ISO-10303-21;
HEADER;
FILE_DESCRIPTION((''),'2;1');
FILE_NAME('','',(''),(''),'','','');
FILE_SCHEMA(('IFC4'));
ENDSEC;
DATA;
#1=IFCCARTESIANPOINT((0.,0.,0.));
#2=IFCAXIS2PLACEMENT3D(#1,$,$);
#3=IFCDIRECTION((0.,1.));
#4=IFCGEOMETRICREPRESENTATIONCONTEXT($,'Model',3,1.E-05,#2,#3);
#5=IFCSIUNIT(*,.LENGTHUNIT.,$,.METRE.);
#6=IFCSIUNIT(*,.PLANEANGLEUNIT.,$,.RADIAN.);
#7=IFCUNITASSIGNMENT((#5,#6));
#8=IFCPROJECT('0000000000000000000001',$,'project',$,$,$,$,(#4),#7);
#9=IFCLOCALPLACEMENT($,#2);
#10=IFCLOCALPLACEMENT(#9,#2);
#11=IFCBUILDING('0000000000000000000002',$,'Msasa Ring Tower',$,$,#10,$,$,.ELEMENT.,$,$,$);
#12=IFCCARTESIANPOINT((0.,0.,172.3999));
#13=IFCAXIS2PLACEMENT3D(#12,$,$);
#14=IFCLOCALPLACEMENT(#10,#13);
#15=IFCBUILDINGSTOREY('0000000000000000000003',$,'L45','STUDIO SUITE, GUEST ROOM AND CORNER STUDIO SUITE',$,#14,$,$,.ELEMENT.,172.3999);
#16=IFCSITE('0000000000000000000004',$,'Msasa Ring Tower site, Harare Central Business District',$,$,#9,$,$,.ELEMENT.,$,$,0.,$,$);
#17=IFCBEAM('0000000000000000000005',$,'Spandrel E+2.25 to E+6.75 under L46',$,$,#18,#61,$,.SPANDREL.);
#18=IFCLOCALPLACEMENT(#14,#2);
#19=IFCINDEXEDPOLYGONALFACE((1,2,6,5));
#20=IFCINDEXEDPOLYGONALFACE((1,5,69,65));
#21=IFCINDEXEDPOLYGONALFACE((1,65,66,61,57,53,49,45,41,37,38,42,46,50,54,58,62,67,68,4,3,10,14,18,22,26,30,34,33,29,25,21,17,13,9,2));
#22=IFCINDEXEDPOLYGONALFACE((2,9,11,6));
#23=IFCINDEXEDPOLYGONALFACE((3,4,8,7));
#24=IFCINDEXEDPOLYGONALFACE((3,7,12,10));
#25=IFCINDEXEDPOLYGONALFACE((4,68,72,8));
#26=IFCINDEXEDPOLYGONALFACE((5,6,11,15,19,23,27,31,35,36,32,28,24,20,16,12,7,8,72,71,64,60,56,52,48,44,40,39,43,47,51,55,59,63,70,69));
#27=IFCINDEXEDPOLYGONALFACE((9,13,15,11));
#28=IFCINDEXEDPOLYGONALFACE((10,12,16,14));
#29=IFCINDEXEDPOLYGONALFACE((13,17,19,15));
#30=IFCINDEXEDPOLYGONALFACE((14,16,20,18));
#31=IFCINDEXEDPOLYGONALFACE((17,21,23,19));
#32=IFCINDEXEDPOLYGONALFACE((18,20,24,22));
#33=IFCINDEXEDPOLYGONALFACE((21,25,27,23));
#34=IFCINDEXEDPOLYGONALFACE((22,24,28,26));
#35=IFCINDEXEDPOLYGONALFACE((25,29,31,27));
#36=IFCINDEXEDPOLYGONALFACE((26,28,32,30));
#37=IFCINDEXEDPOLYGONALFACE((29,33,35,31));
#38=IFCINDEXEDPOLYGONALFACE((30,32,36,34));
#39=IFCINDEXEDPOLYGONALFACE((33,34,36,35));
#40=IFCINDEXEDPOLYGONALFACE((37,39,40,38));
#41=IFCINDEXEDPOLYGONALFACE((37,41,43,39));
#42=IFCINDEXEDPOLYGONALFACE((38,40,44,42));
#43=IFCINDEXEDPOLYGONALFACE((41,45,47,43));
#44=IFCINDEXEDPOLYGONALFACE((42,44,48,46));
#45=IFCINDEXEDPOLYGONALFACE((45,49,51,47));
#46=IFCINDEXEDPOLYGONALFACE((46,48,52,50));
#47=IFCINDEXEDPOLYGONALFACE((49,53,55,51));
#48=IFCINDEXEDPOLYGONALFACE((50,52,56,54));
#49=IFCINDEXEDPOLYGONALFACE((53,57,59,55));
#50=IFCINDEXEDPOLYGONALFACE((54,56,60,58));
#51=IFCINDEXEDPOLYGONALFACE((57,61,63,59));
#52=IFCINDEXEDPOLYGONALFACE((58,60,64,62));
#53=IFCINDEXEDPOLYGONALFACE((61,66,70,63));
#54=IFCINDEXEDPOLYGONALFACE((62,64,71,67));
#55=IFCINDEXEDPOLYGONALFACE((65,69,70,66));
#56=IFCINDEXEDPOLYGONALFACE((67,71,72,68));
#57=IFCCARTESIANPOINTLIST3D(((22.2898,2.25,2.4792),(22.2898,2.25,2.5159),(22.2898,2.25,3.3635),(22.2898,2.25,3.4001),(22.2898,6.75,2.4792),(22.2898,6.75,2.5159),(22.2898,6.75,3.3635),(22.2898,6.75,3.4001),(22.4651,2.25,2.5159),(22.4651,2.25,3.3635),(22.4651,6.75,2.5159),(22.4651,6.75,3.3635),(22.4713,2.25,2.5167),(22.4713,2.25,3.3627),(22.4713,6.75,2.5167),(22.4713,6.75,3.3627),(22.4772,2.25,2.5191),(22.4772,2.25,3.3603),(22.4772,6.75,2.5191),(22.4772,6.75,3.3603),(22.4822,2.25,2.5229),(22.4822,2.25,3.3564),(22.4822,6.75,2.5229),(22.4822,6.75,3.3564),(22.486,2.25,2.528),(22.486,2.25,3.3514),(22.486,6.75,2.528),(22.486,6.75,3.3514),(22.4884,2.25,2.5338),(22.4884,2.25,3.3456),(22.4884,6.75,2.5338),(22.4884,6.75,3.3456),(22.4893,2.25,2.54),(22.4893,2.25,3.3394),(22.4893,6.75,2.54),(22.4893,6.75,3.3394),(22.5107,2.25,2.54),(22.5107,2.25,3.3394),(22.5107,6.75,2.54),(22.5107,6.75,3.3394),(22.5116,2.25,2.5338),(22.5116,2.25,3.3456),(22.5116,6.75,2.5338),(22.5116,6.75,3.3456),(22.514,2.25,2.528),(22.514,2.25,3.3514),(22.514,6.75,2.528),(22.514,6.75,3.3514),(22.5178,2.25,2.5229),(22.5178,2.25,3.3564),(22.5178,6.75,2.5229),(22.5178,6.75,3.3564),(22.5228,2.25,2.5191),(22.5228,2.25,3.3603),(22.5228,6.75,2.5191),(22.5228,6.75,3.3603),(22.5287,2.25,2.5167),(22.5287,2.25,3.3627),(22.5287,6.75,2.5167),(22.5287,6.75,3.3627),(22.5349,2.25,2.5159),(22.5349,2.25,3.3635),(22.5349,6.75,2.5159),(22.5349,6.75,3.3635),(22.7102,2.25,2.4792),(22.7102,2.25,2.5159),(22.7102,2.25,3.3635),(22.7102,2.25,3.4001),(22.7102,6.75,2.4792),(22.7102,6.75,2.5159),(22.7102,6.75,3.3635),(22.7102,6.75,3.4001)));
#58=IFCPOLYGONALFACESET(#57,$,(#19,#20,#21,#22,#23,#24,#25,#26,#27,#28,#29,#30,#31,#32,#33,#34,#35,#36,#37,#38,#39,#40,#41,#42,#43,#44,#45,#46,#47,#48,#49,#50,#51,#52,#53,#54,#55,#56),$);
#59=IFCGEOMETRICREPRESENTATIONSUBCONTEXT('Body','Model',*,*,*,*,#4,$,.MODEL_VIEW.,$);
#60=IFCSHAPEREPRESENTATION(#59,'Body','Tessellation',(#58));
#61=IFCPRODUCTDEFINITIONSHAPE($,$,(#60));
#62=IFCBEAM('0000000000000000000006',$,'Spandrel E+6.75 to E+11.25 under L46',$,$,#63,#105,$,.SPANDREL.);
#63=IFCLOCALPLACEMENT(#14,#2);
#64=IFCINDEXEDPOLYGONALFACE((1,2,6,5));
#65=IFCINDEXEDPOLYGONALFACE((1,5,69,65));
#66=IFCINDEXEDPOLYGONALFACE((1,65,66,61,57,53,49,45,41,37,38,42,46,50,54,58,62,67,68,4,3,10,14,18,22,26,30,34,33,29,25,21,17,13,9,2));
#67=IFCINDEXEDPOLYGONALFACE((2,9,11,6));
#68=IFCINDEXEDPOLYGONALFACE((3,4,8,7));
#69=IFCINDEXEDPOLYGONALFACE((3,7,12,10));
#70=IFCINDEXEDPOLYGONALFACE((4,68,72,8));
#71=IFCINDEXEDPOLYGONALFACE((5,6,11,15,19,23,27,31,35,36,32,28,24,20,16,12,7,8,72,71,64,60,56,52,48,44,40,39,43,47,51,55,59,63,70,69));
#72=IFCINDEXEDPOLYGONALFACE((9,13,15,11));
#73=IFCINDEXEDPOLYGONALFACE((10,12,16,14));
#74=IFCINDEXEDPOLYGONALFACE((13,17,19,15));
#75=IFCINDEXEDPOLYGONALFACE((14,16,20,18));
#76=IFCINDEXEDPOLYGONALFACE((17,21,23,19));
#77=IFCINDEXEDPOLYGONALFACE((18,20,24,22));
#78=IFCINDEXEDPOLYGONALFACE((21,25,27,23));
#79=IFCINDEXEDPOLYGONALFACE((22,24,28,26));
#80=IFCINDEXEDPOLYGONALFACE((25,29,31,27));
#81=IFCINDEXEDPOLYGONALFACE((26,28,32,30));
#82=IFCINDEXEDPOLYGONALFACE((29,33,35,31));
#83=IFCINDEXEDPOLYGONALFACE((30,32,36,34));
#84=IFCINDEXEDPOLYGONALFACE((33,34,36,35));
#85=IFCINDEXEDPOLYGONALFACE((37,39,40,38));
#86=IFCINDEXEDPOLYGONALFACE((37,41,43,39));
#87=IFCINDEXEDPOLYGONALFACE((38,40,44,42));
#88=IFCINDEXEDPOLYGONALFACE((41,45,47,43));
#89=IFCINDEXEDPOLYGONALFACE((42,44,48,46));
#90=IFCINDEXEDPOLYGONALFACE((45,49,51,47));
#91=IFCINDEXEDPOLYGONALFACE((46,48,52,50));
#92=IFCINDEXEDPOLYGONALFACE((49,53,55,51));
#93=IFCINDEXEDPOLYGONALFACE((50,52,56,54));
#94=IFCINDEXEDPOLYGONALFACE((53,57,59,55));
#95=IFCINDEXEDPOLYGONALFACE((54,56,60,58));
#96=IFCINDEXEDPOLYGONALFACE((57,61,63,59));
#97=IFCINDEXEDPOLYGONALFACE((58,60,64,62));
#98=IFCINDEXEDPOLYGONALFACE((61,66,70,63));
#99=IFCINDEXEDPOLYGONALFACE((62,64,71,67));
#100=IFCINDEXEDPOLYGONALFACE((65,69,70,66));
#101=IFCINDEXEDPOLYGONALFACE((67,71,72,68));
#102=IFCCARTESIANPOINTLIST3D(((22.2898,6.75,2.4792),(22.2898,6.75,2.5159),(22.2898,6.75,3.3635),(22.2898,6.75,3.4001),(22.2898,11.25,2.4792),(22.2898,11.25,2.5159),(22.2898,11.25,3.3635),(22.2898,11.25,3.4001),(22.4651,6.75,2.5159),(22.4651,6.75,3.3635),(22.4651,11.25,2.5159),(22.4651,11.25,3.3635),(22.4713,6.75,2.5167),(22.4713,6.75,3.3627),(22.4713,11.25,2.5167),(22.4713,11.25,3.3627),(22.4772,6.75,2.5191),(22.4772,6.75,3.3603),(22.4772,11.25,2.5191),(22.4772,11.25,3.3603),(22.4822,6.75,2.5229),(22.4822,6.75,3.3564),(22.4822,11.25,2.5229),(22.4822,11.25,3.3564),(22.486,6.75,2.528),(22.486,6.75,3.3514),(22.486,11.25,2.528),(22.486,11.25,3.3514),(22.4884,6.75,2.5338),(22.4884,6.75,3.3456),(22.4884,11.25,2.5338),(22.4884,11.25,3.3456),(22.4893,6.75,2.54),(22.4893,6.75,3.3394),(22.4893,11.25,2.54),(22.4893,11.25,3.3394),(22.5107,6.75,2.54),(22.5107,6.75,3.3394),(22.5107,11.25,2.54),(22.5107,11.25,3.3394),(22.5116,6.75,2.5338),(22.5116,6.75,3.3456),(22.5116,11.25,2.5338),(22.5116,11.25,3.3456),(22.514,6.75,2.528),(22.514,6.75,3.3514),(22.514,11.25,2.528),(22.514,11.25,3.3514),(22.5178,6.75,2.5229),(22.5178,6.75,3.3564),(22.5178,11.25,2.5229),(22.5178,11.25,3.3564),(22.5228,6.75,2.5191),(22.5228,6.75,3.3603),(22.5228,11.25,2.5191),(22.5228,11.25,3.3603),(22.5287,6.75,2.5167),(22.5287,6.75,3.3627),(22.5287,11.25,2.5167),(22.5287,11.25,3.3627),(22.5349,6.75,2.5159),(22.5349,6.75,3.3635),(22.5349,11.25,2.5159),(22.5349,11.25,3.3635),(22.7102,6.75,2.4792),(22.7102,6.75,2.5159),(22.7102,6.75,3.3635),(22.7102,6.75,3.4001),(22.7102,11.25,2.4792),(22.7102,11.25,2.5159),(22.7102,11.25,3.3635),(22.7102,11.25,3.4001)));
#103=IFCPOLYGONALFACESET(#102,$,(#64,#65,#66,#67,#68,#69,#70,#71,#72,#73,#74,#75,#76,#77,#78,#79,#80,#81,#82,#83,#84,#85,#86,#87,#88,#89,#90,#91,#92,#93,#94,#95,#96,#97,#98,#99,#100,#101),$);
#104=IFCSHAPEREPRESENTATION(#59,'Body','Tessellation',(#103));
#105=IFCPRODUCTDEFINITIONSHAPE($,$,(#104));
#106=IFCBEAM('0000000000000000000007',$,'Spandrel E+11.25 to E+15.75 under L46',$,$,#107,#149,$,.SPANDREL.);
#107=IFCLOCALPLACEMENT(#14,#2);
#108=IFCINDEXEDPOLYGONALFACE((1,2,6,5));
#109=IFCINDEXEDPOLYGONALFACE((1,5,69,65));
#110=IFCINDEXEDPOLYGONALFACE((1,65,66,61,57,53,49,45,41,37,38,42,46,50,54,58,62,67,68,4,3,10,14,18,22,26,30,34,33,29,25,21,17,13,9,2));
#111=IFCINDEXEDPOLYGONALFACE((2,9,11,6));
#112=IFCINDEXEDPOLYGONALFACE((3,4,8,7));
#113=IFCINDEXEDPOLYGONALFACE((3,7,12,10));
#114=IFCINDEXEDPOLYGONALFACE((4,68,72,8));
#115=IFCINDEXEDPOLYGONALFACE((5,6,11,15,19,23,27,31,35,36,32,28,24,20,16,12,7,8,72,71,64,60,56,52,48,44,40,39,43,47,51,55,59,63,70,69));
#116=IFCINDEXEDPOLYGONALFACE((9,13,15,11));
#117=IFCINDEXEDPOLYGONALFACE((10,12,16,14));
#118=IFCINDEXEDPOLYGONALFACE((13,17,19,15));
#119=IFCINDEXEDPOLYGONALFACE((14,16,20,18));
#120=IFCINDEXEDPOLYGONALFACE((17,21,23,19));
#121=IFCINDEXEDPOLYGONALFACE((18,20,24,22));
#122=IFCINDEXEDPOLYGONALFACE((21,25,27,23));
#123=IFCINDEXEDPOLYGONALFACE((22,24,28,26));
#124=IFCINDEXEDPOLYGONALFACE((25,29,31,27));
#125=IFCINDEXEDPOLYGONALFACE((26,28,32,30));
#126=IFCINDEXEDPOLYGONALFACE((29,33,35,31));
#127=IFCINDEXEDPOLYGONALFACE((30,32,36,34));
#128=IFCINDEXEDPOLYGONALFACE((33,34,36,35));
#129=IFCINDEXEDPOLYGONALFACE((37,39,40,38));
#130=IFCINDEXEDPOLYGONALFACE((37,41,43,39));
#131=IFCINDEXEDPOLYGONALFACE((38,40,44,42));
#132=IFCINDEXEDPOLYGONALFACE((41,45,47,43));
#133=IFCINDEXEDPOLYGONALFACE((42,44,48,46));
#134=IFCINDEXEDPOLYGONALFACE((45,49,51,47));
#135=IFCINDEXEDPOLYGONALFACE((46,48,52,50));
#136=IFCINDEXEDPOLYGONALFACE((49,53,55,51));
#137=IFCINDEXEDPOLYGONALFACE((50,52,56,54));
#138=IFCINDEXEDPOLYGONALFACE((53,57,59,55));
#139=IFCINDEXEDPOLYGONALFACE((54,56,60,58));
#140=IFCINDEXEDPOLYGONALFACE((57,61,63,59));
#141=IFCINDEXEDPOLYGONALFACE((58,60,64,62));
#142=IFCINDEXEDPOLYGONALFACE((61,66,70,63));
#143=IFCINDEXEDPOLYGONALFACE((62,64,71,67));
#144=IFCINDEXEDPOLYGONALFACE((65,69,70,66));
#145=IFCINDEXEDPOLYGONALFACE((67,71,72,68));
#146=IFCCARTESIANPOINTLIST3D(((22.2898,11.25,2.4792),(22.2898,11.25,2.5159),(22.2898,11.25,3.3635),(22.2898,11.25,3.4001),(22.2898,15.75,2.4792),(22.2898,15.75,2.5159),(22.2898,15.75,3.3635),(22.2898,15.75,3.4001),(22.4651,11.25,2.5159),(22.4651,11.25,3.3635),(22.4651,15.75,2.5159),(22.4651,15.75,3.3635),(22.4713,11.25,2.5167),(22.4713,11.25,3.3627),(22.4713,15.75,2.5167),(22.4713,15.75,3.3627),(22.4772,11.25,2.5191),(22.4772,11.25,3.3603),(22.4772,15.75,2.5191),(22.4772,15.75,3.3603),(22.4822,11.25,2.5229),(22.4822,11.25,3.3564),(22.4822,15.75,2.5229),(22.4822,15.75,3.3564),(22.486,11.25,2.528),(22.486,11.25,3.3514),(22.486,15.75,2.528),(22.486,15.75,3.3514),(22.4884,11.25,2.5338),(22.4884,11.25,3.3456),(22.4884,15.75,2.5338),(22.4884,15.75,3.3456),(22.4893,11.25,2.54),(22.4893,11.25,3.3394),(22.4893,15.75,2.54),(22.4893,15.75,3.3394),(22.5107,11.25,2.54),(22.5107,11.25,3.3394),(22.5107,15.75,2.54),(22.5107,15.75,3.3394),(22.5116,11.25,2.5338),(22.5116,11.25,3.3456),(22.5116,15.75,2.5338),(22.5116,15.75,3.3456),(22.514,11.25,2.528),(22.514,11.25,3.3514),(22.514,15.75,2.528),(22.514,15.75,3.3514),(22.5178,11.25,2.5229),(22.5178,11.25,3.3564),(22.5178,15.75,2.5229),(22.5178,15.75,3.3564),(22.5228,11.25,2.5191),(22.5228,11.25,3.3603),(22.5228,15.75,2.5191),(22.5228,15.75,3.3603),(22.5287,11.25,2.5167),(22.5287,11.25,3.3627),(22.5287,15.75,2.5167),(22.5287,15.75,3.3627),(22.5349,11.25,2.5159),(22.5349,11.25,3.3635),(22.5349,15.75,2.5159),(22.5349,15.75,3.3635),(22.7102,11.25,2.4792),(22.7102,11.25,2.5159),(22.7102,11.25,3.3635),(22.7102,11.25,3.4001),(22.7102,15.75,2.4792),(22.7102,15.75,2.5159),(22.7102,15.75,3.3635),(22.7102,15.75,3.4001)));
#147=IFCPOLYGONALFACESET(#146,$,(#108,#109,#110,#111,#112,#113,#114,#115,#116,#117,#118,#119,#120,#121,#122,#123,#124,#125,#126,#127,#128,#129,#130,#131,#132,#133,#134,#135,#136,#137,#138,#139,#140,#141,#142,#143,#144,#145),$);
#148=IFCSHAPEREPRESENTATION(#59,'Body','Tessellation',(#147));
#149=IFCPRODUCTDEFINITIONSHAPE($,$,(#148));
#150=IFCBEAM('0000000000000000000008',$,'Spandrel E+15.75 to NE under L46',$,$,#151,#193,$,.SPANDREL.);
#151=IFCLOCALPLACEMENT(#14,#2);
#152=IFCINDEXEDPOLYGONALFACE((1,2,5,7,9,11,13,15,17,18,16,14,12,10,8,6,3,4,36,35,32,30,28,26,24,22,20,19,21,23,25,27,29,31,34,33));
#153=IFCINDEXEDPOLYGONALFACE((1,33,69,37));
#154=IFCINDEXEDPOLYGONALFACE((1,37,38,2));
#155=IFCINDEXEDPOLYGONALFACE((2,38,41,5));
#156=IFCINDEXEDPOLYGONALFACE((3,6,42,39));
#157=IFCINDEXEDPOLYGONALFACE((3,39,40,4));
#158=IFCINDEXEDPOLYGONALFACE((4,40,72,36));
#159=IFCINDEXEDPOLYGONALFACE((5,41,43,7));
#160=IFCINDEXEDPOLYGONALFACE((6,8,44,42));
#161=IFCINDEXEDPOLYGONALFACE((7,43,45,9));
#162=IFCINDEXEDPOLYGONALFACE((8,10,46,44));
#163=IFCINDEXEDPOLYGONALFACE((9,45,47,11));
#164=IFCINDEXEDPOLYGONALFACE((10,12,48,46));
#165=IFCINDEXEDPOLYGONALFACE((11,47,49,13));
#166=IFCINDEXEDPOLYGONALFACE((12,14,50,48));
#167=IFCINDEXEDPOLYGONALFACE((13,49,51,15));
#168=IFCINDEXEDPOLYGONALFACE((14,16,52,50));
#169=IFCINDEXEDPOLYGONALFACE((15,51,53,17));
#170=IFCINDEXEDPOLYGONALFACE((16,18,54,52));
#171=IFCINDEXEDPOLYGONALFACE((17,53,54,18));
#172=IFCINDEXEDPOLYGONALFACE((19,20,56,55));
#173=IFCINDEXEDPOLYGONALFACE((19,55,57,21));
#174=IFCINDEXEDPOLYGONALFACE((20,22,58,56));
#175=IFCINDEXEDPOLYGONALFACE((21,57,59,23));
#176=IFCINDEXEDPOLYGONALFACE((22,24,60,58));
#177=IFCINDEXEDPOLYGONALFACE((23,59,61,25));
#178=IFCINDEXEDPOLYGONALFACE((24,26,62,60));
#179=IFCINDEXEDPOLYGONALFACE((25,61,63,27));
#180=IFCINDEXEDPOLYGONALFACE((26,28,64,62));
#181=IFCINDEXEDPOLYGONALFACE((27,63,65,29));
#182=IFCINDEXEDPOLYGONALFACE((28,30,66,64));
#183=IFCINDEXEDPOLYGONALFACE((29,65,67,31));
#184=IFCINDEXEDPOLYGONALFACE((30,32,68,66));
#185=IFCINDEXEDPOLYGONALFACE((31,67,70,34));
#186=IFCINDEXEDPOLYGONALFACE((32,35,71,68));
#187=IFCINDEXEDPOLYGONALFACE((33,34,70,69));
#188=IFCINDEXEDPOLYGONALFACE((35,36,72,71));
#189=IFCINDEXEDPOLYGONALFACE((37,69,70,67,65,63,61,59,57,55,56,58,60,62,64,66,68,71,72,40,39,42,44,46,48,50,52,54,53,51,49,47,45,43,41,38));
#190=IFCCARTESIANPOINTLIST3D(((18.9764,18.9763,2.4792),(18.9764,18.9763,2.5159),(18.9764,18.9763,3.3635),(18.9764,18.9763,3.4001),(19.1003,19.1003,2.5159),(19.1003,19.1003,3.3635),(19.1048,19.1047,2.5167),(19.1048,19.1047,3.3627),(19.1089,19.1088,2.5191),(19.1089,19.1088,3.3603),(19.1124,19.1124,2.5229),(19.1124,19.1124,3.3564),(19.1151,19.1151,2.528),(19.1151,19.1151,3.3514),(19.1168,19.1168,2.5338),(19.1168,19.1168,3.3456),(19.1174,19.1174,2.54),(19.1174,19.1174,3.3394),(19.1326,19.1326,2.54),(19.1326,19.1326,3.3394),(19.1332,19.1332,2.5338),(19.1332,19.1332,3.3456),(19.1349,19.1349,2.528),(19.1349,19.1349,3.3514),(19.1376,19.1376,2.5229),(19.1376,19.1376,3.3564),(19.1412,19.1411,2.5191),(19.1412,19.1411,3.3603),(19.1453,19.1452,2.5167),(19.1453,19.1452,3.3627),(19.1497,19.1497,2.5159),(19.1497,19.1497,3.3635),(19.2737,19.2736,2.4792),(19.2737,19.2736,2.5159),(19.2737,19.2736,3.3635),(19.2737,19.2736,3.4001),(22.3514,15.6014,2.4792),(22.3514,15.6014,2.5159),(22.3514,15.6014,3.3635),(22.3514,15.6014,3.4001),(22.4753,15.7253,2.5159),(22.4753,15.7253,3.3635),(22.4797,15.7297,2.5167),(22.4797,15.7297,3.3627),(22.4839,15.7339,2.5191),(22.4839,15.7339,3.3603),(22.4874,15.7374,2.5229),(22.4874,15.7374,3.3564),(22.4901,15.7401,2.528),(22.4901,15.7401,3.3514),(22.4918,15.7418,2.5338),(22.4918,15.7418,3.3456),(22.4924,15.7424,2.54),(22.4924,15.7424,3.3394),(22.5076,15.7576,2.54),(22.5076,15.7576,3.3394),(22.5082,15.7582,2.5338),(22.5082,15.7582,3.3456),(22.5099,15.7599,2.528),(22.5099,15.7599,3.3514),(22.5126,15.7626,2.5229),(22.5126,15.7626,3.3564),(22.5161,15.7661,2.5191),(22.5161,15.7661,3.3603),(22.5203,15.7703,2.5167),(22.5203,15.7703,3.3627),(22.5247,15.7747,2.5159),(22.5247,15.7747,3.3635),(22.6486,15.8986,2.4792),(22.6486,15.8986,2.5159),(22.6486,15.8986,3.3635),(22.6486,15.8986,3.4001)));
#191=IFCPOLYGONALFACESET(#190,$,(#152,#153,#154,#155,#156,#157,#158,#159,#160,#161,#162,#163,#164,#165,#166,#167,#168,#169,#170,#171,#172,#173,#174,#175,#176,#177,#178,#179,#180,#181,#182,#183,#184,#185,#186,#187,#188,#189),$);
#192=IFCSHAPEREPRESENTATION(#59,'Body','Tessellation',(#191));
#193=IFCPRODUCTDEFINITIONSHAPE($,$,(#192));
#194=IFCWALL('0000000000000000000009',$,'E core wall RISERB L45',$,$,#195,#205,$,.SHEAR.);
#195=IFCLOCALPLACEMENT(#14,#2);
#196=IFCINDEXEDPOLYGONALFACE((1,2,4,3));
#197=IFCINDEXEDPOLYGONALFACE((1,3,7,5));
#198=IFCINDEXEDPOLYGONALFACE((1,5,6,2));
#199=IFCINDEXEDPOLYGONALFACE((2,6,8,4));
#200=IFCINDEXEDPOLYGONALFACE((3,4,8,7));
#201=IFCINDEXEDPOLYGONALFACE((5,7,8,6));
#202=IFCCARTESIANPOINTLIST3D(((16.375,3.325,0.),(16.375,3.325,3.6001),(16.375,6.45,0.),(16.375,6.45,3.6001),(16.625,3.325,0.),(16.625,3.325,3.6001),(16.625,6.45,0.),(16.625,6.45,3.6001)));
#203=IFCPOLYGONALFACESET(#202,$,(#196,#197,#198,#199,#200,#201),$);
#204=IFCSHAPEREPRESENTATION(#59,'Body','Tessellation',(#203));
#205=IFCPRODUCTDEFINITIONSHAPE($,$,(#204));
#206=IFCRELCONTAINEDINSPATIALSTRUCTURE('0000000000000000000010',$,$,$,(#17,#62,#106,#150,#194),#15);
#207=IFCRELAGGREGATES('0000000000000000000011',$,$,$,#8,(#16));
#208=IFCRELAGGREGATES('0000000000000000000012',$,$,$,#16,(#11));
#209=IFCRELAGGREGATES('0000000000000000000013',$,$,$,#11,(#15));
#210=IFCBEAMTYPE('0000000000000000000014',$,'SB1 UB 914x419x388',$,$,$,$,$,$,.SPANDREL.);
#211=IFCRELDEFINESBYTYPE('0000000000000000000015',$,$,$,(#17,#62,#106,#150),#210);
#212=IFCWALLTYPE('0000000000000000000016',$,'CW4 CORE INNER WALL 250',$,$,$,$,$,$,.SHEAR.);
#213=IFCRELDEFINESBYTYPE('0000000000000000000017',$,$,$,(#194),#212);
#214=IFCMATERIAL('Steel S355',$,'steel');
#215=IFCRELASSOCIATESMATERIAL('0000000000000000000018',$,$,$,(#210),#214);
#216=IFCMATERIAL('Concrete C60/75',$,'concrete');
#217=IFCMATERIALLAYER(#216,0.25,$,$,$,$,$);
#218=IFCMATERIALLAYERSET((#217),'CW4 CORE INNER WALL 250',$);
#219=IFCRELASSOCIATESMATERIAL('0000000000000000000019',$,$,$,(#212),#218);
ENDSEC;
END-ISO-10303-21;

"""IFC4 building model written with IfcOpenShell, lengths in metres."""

from ifc_helpers import new_model, si_unit, direction, frame, frame_2d, origin, origin_2d, place, context, subcontext, project, spatial, rectangle, i_section, extrude, material, layer, layer_set, material_profile, profile_set, type_object, element, save


model = new_model("IFC4")

# Units and contexts
model_context = context("Model", 3, precision=1e-05, world=origin(), true_north=direction((0.0, 1.0)))
body_context = subcontext(model_context, "Body", "Model", "MODEL_VIEW")
ifc_project = project(units=[si_unit("LENGTHUNIT", "METRE"), si_unit("PLANEANGLEUNIT", "RADIAN")], contexts=[model_context])

# Site, building, storey
site_placement = place(None, origin())
site = spatial("IfcSite", under=ifc_project, at=site_placement, Name="Msasa Ring Tower site, Harare Central Business District", CompositionType="ELEMENT", RefElevation=0.0)
building_placement = place(site_placement, origin())
building = spatial("IfcBuilding", under=site, at=building_placement, Name="Msasa Ring Tower", CompositionType="ELEMENT")
storey_placement = place(building_placement, frame((0.0, 0.0, 172.3999)))
storey = spatial("IfcBuildingStorey", under=building, at=storey_placement, Name="L45", Description="STUDIO SUITE, GUEST ROOM AND CORNER STUDIO SUITE", CompositionType="ELEMENT", Elevation=172.3999)

# Beams
ifc_material_1 = material(Name="Steel S355", Category="steel")
ifc_material_profile_1 = material_profile(ifc_material_1, i_section(OverallWidth=0.4204, OverallDepth=0.9209, WebThickness=0.0215, FlangeThickness=0.0366, FilletRadius=0.0242, at=origin_2d()), Name="UB 914x419x388")
ifc_profile_set_1 = profile_set([ifc_material_profile_1], Name="Steel S355")
beam_type_1 = type_object("IfcBeamType", Name="SB1 UB 914x419x388", PredefinedType="SPANDREL", material=ifc_profile_set_1)
for number, where, z_axis, x_axis, name in (
    (1, (22.5, 2.25, 2.9397), (0.0, 1.0, 0.0), (-1.0, 0.0, 0.0), "Spandrel E+2.25 to E+6.75 under L46"),
    (2, (22.5, 6.75, 2.9397), (0.0, 1.0, 0.0), (-1.0, 0.0, 0.0), "Spandrel E+6.75 to E+11.25 under L46"),
    (3, (22.5, 11.25, 2.9397), (0.0, 1.0, 0.0), (-1.0, 0.0, 0.0), "Spandrel E+11.25 to E+15.75 under L46"),
):
    element("IfcBeam", number, at=place(storey_placement, frame(where, z_axis=z_axis, x_axis=x_axis)), inside=storey, type_object=beam_type_1, Name=name, PredefinedType="SPANDREL", context=body_context, shape_type="SweptSolid", body=[
        extrude(i_section(OverallWidth=0.4204, OverallDepth=0.9209, WebThickness=0.0215, FlangeThickness=0.0366, FilletRadius=0.0242, at=origin_2d()), origin(), (0.0, 0.0, 1.0), 4.5),
    ])
beam_1_placement = place(storey_placement, frame((22.5, 15.75, 2.9397), z_axis=(-0.707107, 0.707107, 0.0), x_axis=(-0.707107, -0.707107, 0.0)))
element("IfcBeam", 4, at=beam_1_placement, inside=storey, type_object=beam_type_1, Name="Spandrel E+15.75 to NE under L46", PredefinedType="SPANDREL", context=body_context, shape_type="SweptSolid", body=[
    extrude(i_section(OverallWidth=0.4204, OverallDepth=0.9209, WebThickness=0.0215, FlangeThickness=0.0366, FilletRadius=0.0242, at=origin_2d()), origin(), (0.0, 0.0, 1.0), 4.7729),
])

# Wall
ifc_material_2 = material(Name="Concrete C60/75", Category="concrete")
ifc_layer_1 = layer(ifc_material_2, 0.25)
ifc_layer_set_1 = layer_set([ifc_layer_1], Name="CW4 CORE INNER WALL 250")
wall_type_1 = type_object("IfcWallType", Name="CW4 CORE INNER WALL 250", PredefinedType="SHEAR", material=ifc_layer_set_1)
wall_1_placement = place(storey_placement, frame((16.5, 3.325, 0.0), z_axis=(0.0, 0.0, 1.0), x_axis=(0.0, 1.0, 0.0)))
element("IfcWall", 5, at=wall_1_placement, inside=storey, type_object=wall_type_1, Name="E core wall RISERB L45", PredefinedType="SHEAR", context=body_context, shape_type="SweptSolid", body=[
    extrude(rectangle(XDim=3.125, YDim=0.25, at=frame_2d((1.5625, 0.0))), origin(), (0.0, 0.0, 1.0), 3.6001),
])

save(model, "model.ifc")
